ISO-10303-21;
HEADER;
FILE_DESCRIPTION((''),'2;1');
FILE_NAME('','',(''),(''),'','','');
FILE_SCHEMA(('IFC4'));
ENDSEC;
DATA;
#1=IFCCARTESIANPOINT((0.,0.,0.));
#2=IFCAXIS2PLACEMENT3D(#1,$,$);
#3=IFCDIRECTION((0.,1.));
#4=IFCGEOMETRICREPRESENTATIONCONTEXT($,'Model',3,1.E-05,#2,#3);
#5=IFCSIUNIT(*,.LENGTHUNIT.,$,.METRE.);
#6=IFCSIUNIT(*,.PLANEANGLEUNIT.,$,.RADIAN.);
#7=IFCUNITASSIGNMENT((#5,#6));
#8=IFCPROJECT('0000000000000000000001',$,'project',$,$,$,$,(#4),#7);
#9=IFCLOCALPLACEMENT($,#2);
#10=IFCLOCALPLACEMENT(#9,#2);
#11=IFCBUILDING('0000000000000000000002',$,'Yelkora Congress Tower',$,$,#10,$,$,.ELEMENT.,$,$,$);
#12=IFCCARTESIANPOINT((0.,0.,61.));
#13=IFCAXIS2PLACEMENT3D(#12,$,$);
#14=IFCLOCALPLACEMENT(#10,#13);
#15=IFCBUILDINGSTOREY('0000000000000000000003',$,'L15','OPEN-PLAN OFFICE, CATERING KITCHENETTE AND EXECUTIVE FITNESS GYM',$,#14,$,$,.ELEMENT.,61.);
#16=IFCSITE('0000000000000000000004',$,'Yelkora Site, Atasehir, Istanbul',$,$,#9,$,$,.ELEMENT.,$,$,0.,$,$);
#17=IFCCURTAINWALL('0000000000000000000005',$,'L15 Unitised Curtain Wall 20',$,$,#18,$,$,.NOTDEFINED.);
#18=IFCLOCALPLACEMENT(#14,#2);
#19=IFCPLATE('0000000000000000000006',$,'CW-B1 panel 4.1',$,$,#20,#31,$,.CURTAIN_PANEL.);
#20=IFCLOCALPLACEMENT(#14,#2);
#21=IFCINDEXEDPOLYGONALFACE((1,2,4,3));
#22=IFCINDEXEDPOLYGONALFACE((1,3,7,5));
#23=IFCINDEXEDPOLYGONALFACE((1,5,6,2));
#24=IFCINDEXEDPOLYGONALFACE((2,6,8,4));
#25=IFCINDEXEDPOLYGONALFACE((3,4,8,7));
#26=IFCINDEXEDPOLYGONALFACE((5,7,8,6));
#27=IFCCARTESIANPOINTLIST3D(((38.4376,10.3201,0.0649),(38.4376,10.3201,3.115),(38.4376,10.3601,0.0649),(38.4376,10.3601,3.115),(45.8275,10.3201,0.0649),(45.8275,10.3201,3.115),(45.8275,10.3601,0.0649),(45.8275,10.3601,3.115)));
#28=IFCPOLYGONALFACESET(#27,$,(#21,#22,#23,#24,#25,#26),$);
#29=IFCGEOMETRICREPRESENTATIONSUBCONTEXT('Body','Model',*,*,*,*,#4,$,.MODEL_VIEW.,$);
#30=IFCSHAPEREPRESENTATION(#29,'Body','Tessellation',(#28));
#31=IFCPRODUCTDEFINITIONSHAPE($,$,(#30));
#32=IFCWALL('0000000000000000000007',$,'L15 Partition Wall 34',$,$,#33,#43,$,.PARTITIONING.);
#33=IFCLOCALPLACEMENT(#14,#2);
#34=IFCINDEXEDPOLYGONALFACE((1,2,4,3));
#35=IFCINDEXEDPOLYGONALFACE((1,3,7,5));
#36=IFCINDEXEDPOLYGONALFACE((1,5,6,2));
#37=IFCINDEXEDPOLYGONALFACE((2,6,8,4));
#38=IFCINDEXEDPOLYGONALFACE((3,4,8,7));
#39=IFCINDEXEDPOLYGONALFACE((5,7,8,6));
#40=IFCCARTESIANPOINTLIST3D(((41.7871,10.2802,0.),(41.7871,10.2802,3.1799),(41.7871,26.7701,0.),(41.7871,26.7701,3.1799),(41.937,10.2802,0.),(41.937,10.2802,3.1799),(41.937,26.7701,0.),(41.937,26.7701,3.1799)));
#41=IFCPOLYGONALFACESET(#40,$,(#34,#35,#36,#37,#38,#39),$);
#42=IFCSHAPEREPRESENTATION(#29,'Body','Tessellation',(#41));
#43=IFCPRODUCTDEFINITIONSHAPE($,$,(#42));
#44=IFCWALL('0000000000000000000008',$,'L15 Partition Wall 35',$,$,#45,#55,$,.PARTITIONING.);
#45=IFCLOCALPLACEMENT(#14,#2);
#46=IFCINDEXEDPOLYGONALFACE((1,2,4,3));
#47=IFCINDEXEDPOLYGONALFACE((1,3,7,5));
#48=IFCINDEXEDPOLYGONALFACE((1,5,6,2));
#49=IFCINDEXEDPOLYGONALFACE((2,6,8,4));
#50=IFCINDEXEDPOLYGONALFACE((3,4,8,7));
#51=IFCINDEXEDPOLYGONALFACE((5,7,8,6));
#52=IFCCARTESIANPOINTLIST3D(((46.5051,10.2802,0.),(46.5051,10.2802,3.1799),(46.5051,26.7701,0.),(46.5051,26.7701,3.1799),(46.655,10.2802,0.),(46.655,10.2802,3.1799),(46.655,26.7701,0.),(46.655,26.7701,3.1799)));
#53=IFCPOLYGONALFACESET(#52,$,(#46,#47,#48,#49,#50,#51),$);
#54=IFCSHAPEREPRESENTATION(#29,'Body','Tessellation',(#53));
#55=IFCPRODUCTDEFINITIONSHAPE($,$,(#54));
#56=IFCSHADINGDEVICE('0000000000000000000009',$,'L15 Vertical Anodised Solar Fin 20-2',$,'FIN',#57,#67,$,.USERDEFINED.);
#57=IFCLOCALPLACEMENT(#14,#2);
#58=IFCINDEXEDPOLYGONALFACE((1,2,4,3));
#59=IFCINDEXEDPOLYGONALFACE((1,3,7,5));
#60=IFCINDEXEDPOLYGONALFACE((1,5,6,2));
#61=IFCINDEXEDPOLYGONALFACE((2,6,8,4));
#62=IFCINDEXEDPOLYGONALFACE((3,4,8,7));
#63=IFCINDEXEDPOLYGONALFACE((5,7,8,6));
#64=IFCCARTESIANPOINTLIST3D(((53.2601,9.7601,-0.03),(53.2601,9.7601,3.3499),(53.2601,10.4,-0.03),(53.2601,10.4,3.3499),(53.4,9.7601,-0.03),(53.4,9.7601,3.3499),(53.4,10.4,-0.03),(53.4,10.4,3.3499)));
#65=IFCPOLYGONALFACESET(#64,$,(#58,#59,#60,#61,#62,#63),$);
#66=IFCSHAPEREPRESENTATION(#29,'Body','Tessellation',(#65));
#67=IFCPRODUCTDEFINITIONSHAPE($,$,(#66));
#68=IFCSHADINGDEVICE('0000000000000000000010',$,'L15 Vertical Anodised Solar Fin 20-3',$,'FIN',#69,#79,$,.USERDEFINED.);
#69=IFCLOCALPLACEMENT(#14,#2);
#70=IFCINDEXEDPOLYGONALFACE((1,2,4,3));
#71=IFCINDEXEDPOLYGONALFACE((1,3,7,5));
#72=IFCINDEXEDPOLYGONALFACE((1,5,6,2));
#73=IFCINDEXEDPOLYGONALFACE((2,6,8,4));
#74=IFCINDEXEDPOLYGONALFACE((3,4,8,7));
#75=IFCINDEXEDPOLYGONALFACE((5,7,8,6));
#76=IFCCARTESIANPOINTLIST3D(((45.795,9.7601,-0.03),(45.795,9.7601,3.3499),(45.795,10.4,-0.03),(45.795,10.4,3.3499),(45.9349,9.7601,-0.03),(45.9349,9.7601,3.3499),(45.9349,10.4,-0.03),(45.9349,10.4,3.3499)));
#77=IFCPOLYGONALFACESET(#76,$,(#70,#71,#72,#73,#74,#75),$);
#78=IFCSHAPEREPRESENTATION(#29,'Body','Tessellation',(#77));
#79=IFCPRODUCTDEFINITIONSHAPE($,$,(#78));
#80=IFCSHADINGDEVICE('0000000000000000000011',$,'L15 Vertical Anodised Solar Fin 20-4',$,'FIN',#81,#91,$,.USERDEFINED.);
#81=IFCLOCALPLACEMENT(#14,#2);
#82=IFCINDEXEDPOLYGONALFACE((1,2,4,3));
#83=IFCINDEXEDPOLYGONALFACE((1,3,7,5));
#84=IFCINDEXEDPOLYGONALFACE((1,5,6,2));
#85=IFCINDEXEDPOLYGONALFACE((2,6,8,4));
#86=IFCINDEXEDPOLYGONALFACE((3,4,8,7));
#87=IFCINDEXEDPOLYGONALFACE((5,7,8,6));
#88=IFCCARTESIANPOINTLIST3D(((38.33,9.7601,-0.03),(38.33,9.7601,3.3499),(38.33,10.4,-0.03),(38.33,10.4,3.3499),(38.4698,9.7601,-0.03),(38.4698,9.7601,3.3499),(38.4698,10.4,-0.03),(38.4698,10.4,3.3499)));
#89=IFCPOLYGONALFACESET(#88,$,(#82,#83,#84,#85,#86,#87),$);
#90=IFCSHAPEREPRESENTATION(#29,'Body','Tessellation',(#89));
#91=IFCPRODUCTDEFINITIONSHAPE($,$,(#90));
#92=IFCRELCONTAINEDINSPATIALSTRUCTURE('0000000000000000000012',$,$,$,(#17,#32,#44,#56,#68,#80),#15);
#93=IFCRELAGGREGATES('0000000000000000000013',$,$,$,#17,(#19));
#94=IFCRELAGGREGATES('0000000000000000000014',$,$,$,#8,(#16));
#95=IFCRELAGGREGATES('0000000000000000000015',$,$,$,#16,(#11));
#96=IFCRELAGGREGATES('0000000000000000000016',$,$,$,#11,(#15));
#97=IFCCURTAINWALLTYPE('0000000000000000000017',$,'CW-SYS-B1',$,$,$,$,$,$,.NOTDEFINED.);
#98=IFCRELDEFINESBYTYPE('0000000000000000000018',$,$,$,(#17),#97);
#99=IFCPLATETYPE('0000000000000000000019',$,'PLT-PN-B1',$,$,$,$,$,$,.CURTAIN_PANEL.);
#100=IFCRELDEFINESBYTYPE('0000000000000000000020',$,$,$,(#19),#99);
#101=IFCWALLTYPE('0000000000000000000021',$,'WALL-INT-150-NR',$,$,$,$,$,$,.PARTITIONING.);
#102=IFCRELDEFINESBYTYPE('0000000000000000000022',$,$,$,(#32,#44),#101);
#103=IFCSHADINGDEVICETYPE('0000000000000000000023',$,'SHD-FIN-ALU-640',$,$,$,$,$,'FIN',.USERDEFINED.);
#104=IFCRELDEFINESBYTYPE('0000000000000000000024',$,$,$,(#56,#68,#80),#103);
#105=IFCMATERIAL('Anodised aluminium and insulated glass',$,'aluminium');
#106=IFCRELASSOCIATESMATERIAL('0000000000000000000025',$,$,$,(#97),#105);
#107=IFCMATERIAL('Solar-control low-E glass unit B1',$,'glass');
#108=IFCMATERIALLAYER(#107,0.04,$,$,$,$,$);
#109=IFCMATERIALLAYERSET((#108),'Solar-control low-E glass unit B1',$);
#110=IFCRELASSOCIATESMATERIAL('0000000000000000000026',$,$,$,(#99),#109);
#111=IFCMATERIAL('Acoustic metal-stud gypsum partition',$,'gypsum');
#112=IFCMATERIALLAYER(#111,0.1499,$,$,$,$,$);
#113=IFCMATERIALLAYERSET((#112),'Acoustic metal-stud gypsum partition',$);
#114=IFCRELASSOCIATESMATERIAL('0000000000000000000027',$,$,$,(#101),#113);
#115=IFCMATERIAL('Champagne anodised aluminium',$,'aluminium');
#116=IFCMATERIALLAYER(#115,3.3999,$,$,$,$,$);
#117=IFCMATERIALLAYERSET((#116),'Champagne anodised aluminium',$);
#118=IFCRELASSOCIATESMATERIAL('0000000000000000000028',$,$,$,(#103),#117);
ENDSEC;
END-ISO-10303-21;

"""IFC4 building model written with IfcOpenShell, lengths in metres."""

from ifc_helpers import new_model, si_unit, direction, frame, frame_2d, origin, origin_2d, place, context, subcontext, project, spatial, rectangle, extrude, material, layer, layer_set, type_object, element, aggregate, save


model = new_model("IFC4")

# Units and contexts
model_context = context("Model", 3, precision=1e-05, world=origin(), true_north=direction((0.0, 1.0)))
body_context = subcontext(model_context, "Body", "Model", "MODEL_VIEW")
ifc_project = project(units=[si_unit("LENGTHUNIT", "METRE"), si_unit("PLANEANGLEUNIT", "RADIAN")], contexts=[model_context])

# Site, building, storey
site_placement = place(None, origin())
site = spatial("IfcSite", under=ifc_project, at=site_placement, Name="Yelkora Site, Atasehir, Istanbul", CompositionType="ELEMENT", RefElevation=0.0)
building_placement = place(site_placement, origin())
building = spatial("IfcBuilding", under=site, at=building_placement, Name="Yelkora Congress Tower", CompositionType="ELEMENT")
storey_placement = place(building_placement, frame((0.0, 0.0, 61.0)))
storey = spatial("IfcBuildingStorey", under=building, at=storey_placement, Name="L15", Description="OPEN-PLAN OFFICE, CATERING KITCHENETTE AND EXECUTIVE FITNESS GYM", CompositionType="ELEMENT", Elevation=61.0)

# Curtain wall, plate
ifc_material_1 = material(Name="Anodised aluminium and insulated glass", Category="aluminium")
curtain_wall_type = type_object("IfcCurtainWallType", Name="CW-SYS-B1", PredefinedType="NOTDEFINED", material=ifc_material_1)
curtain_wall_placement = place(storey_placement, origin())
curtain_wall = element("IfcCurtainWall", 1, at=curtain_wall_placement, inside=storey, type_object=curtain_wall_type, Name="L15 Unitised Curtain Wall 20", PredefinedType="NOTDEFINED")
ifc_material_2 = material(Name="Solar-control low-E glass unit B1", Category="glass")
ifc_layer_1 = layer(ifc_material_2, 0.04)
ifc_layer_set_1 = layer_set([ifc_layer_1], Name="Solar-control low-E glass unit B1")
plate_type = type_object("IfcPlateType", Name="PLT-PN-B1", PredefinedType="CURTAIN_PANEL", material=ifc_layer_set_1)
plate_1_placement = place(storey_placement, frame((42.1326, 10.3401, 0.0649), z_axis=(0.0, 0.0, 1.0), x_axis=(-1.0, 0.0, 0.0)))
plate_1 = element("IfcPlate", 2, at=plate_1_placement, type_object=plate_type, Name="CW-B1 panel 4.1", PredefinedType="CURTAIN_PANEL", context=body_context, shape_type="SweptSolid", body=[
    extrude(rectangle(XDim=7.3899, YDim=0.04, at=origin_2d()), origin(), (0.0, 0.0, 1.0), 3.05),
])
aggregate(curtain_wall, [plate_1])

# Walls
ifc_material_3 = material(Name="Acoustic metal-stud gypsum partition", Category="gypsum")
ifc_layer_2 = layer(ifc_material_3, 0.1499)
ifc_layer_set_2 = layer_set([ifc_layer_2], Name="Acoustic metal-stud gypsum partition")
wall_type = type_object("IfcWallType", Name="WALL-INT-150-NR", PredefinedType="PARTITIONING", material=ifc_layer_set_2)
for number, where, z_axis, x_axis, name in (
    (3, (41.8621, 10.28, 0.0), (0.0, 0.0, 1.0), (0.0, 1.0, 0.0), "L15 Partition Wall 34"),
    (4, (46.5801, 10.28, 0.0), (0.0, 0.0, 1.0), (0.0, 1.0, 0.0), "L15 Partition Wall 35"),
):
    element("IfcWall", number, at=place(storey_placement, frame(where, z_axis=z_axis, x_axis=x_axis)), inside=storey, type_object=wall_type, Name=name, PredefinedType="PARTITIONING", context=body_context, shape_type="SweptSolid", body=[
        extrude(rectangle(XDim=16.49, YDim=0.1499, at=frame_2d((8.2451, 0.0))), origin(), (0.0, 0.0, 1.0), 3.1799),
    ])

# Shading devices
ifc_material_4 = material(Name="Champagne anodised aluminium", Category="aluminium")
ifc_layer_3 = layer(ifc_material_4, 3.3999)
ifc_layer_set_3 = layer_set([ifc_layer_3], Name="Champagne anodised aluminium")
shading_device_type = type_object("IfcShadingDeviceType", Name="SHD-FIN-ALU-640", ElementType="FIN", PredefinedType="USERDEFINED", material=ifc_layer_set_3)
for number, where, z_axis, x_axis, name in (
    (5, (53.3301, 10.0801, -0.03), (0.0, 0.0, 1.0), (-1.0, 0.0, 0.0), "L15 Vertical Anodised Solar Fin 20-2"),
    (6, (45.865, 10.0801, -0.03), (0.0, 0.0, 1.0), (-1.0, 0.0, 0.0), "L15 Vertical Anodised Solar Fin 20-3"),
    (7, (38.3999, 10.0801, -0.03), (0.0, 0.0, 1.0), (-1.0, 0.0, 0.0), "L15 Vertical Anodised Solar Fin 20-4"),
):
    element("IfcShadingDevice", number, at=place(storey_placement, frame(where, z_axis=z_axis, x_axis=x_axis)), inside=storey, type_object=shading_device_type, Name=name, ObjectType="FIN", PredefinedType="USERDEFINED", context=body_context, shape_type="SweptSolid", body=[
        extrude(rectangle(XDim=0.1399, YDim=0.6399, at=origin_2d()), origin(), (0.0, 0.0, 1.0), 3.3799),
    ])

save(model, "model.ifc")
